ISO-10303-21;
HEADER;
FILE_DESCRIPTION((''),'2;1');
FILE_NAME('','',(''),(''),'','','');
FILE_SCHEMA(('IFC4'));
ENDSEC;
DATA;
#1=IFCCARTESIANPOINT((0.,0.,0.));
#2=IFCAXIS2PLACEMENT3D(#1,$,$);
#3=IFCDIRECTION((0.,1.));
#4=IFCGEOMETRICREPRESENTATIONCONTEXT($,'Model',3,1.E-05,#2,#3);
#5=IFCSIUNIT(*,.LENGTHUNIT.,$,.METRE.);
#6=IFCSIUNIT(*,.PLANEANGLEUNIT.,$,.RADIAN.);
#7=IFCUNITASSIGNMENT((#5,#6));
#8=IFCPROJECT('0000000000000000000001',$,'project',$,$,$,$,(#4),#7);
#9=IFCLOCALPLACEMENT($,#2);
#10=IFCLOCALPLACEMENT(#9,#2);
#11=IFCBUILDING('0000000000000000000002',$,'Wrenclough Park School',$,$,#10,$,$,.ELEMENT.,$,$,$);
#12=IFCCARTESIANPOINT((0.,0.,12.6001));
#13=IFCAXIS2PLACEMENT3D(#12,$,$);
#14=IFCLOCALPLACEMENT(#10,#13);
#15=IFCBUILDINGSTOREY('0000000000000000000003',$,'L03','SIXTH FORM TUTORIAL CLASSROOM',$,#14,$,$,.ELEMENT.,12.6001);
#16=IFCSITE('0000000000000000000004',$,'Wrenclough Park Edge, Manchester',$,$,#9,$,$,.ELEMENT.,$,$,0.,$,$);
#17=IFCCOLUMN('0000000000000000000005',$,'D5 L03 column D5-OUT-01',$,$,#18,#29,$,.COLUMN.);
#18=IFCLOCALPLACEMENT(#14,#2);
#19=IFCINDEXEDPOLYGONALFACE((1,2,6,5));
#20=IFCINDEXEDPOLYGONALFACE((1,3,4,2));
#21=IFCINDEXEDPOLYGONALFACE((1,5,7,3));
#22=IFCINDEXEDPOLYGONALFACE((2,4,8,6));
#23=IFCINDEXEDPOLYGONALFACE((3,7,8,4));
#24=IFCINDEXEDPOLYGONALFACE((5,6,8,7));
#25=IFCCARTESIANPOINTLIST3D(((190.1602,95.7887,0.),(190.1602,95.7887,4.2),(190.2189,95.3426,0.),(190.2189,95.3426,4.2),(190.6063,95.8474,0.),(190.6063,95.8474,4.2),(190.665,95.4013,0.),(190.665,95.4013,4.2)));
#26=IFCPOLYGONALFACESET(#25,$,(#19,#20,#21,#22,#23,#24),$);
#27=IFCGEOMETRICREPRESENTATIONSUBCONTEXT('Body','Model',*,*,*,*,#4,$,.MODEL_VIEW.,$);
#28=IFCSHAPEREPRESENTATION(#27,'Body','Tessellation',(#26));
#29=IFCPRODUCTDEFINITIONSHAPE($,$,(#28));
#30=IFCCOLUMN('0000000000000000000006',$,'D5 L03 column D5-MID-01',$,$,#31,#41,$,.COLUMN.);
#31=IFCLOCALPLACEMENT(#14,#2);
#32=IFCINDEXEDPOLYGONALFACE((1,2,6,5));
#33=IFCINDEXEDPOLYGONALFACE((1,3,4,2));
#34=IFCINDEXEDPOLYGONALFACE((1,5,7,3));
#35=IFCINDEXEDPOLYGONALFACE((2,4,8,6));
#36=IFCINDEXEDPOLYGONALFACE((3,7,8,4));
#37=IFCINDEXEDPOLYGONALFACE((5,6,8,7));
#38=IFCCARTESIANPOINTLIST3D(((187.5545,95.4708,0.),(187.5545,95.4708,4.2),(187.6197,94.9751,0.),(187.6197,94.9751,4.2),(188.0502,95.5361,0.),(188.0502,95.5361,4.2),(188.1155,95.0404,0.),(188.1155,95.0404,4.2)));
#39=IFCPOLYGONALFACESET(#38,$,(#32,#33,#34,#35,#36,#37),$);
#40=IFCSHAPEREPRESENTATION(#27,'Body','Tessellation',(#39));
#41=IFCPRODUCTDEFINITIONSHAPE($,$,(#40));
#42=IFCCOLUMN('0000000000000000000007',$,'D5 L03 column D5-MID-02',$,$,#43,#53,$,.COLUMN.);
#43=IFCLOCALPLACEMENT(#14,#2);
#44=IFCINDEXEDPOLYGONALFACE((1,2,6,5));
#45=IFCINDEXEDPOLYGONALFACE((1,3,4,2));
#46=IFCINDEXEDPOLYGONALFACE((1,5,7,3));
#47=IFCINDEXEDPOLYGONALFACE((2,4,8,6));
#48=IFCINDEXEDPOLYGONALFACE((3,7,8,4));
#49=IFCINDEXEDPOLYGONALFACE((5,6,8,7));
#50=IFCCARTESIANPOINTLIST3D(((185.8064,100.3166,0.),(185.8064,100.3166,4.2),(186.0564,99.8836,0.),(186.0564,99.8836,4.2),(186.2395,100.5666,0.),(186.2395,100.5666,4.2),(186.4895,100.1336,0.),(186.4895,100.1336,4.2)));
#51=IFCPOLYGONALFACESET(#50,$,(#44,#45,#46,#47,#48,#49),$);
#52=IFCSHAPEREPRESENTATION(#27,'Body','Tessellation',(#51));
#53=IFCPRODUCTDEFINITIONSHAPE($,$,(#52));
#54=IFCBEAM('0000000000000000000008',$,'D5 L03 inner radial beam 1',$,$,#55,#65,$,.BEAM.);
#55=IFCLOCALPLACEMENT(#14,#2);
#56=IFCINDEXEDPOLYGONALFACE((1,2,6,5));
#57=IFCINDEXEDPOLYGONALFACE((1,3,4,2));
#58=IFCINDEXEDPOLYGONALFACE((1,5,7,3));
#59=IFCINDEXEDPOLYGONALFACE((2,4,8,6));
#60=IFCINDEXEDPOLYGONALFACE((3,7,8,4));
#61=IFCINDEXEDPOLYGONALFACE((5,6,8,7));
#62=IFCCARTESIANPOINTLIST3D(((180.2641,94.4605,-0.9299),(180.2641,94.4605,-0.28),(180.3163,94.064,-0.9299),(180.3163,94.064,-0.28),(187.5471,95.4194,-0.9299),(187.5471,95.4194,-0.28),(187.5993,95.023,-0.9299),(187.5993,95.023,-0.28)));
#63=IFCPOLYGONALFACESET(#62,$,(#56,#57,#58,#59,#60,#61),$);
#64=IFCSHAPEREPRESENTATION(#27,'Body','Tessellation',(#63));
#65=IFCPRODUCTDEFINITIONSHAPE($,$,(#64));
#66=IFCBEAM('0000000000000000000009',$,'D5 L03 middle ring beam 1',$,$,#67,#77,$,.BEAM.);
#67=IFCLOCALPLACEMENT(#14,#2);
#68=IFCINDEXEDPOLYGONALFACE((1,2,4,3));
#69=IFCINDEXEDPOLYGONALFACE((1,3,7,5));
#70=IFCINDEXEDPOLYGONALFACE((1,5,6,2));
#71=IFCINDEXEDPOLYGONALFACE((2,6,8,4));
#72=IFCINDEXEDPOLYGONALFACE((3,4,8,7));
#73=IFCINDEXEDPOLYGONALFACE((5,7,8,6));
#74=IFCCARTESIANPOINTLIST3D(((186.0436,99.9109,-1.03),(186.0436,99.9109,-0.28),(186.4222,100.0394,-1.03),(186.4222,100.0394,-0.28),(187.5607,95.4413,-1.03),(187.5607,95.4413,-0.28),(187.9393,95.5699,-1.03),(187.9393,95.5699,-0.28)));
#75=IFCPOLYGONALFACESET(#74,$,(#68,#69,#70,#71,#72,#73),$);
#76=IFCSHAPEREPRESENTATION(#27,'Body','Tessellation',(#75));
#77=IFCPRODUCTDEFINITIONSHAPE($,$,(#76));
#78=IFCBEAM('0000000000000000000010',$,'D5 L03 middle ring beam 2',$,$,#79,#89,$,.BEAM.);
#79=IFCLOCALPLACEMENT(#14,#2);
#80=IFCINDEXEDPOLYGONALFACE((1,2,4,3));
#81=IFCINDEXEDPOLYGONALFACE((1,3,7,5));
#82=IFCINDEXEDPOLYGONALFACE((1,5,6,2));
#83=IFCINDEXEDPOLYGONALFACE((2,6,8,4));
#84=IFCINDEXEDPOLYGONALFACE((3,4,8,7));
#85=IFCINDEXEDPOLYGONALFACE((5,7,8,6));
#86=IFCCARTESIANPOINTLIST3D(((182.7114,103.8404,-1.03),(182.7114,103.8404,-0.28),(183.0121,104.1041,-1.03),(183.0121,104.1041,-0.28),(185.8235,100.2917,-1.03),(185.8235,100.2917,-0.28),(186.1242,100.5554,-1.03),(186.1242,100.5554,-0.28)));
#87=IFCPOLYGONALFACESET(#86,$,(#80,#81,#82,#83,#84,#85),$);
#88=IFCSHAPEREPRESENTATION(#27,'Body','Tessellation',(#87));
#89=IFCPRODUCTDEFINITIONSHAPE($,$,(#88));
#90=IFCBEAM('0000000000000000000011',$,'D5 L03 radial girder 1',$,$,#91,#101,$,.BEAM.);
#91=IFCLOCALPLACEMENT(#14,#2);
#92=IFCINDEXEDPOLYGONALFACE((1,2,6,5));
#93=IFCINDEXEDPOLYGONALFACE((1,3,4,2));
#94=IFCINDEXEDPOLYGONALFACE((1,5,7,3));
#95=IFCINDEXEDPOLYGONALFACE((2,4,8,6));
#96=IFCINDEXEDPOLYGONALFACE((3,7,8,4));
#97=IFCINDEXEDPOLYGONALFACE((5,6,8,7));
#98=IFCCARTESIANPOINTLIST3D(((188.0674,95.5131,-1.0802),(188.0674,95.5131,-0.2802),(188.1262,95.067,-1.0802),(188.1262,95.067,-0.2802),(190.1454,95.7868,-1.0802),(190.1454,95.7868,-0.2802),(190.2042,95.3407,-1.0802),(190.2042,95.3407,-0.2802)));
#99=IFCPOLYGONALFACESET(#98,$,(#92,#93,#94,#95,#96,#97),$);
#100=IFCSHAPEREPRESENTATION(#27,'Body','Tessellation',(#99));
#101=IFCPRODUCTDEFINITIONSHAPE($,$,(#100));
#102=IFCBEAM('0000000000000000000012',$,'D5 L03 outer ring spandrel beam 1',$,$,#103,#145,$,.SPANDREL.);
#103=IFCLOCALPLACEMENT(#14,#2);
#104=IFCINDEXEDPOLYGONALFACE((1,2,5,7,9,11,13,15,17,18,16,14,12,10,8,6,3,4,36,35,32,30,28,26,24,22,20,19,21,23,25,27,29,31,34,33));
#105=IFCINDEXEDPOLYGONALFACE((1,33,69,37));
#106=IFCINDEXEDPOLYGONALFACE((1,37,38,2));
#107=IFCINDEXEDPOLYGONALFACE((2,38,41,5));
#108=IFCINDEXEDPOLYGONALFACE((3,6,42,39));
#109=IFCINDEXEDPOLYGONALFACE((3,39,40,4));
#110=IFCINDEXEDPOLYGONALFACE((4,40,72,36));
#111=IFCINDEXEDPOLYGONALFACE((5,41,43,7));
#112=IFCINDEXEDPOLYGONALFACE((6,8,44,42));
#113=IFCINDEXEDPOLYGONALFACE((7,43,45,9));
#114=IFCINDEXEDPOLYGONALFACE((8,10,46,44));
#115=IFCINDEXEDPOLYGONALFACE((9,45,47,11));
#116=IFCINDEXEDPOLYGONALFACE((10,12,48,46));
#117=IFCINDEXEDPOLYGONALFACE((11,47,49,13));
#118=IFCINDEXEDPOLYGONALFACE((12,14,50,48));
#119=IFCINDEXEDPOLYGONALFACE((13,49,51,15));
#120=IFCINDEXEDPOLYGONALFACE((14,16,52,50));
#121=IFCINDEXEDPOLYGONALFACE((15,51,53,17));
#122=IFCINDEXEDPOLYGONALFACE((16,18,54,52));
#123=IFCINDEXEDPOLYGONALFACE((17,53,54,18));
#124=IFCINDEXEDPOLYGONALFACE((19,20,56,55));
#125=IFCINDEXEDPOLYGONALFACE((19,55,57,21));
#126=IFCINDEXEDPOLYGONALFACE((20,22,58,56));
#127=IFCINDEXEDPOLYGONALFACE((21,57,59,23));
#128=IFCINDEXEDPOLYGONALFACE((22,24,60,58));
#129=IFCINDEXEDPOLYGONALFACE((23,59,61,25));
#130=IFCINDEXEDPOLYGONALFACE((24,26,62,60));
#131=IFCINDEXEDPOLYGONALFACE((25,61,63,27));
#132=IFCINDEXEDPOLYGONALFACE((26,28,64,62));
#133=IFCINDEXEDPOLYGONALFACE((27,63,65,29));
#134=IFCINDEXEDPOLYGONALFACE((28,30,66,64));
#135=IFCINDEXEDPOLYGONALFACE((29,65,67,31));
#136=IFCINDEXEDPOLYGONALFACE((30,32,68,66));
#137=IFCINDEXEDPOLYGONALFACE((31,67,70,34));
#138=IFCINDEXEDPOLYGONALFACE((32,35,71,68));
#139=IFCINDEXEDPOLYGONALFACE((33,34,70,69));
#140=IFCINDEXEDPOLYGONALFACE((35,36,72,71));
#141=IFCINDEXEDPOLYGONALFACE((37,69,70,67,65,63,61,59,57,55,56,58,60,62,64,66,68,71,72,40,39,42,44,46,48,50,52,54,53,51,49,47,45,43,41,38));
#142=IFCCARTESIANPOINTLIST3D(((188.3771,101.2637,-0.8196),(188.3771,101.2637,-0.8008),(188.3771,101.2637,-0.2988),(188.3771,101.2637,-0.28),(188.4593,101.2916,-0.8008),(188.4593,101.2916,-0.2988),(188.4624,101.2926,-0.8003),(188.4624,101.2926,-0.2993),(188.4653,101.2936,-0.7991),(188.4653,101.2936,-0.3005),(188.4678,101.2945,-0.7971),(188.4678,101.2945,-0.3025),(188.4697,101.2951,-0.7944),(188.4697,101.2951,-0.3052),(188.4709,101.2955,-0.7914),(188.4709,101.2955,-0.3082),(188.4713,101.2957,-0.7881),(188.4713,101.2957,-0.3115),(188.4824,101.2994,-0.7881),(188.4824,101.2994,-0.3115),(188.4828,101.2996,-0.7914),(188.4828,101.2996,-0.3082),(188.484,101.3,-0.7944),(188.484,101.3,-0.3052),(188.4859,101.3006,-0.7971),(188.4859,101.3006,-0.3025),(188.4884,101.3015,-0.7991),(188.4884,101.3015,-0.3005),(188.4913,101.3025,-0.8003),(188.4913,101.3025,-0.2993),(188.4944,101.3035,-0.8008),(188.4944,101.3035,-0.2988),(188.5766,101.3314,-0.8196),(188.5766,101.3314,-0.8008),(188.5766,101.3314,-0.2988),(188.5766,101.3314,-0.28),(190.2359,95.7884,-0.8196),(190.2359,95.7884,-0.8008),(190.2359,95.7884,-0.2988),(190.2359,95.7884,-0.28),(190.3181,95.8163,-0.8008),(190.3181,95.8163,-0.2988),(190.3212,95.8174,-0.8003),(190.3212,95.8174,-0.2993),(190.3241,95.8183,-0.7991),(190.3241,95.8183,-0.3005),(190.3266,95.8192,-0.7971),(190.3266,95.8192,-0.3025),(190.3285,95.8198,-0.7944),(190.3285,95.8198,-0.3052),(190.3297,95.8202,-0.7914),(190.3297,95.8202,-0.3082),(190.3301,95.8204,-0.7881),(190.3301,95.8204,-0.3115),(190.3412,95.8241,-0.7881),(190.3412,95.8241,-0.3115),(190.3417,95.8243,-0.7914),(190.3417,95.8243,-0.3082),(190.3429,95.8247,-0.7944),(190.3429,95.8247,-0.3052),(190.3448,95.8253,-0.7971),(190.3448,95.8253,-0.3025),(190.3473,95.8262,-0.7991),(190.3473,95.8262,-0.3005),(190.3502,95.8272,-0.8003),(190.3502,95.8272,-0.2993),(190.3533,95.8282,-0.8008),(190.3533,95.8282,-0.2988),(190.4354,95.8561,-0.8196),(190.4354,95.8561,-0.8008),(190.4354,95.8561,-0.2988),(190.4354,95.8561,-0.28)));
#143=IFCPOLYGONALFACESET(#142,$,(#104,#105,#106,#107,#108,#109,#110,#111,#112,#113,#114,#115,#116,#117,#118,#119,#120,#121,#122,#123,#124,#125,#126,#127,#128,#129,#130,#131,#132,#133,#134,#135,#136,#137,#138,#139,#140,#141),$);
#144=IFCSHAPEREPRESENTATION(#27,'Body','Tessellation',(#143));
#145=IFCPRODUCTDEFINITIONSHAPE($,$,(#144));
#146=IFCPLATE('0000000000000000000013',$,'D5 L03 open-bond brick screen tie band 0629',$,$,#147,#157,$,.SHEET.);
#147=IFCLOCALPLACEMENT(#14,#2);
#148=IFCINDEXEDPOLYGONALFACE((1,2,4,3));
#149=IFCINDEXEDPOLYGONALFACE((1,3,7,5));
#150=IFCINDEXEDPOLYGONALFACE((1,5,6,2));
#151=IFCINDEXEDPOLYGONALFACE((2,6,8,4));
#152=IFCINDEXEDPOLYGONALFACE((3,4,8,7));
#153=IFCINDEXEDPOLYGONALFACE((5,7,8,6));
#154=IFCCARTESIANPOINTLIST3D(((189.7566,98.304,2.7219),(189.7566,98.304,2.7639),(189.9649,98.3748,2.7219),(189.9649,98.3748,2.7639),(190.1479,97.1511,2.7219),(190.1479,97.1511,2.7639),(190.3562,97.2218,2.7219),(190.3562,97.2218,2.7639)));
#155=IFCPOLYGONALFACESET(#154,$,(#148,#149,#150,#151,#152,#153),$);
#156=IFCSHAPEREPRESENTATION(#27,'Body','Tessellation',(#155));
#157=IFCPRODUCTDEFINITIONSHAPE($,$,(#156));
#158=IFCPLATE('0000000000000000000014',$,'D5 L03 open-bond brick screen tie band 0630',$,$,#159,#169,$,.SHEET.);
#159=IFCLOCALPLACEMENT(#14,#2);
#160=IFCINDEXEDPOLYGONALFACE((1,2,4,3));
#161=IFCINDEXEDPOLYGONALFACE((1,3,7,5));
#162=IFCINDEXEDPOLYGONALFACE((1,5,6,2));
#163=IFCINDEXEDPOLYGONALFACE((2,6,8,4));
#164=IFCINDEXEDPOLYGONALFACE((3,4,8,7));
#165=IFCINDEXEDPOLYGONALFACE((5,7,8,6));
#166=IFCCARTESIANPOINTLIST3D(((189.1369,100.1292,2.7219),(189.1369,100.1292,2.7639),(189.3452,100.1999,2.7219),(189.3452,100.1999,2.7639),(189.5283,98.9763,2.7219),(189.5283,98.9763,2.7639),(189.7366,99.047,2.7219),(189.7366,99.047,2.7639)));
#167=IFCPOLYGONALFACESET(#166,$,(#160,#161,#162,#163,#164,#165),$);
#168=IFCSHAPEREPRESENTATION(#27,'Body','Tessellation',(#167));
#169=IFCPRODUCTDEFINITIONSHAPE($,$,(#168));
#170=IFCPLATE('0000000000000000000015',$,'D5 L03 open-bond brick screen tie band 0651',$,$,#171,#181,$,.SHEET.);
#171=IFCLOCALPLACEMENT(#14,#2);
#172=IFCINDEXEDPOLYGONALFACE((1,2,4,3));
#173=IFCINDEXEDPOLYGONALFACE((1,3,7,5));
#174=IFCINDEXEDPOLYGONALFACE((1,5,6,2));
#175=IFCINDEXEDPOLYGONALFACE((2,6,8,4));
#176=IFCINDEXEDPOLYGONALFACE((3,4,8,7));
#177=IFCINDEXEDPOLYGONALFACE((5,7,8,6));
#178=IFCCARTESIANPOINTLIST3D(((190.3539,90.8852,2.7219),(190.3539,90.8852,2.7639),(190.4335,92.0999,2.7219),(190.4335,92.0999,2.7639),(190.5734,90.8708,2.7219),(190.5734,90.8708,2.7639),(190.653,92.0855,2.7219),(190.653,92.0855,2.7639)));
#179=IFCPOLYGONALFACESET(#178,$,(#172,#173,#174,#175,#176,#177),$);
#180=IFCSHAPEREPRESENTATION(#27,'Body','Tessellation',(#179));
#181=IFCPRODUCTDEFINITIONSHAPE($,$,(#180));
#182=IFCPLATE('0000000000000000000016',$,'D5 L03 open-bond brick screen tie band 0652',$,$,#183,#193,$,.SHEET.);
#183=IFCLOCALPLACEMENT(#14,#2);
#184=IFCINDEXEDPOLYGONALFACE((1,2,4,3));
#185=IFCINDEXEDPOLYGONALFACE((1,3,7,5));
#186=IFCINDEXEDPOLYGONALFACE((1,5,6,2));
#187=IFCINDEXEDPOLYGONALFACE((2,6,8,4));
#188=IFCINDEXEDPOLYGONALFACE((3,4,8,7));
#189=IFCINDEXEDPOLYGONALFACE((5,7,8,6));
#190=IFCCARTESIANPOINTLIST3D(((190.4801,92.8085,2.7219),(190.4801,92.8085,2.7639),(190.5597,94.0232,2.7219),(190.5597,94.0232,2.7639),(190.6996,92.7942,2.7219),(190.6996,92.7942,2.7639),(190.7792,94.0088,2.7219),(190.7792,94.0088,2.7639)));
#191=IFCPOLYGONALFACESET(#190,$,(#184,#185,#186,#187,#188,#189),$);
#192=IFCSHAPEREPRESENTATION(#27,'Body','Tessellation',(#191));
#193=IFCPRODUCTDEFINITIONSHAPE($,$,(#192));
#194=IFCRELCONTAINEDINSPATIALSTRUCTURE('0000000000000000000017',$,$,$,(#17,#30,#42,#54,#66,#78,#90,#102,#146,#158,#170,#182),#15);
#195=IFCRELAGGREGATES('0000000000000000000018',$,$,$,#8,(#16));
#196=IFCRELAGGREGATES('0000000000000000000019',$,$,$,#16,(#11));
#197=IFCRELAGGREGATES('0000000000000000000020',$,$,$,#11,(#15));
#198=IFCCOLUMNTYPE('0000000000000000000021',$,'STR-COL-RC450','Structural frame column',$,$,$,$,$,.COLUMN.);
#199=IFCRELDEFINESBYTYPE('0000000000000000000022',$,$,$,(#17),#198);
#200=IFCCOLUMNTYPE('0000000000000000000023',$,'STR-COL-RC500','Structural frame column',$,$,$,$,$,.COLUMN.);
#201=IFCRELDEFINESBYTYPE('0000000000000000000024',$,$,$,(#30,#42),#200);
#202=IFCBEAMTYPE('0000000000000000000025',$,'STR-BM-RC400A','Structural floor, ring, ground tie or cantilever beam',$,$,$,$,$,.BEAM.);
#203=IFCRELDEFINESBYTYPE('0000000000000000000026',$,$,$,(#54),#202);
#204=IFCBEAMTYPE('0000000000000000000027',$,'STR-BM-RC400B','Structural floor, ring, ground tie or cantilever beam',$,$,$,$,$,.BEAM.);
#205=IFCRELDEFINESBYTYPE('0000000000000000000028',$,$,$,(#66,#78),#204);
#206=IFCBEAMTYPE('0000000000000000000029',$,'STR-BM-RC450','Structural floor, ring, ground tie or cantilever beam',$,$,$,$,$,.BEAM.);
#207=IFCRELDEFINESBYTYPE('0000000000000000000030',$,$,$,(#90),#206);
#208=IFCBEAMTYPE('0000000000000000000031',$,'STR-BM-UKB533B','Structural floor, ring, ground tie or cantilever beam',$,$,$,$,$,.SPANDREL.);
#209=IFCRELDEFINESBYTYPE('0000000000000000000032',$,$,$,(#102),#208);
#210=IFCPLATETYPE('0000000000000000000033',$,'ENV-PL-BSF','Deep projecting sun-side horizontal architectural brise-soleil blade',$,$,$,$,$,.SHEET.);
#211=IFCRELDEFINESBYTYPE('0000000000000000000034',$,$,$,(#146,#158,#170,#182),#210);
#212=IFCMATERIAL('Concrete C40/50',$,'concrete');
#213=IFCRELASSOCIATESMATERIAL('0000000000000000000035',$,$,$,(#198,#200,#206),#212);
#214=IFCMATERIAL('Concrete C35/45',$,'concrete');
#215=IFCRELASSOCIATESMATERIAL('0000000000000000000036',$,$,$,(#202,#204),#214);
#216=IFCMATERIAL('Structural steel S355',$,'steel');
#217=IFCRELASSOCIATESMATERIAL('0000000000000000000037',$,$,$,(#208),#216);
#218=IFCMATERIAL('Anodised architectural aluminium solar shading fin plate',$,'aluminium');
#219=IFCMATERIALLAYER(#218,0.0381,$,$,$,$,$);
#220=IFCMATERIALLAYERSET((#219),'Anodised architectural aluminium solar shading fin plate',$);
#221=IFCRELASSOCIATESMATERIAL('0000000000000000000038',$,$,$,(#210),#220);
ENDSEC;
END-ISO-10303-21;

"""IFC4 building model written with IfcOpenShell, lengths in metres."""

from ifc_helpers import new_model, si_unit, direction, frame, origin, origin_2d, place, context, subcontext, project, spatial, rectangle, i_section, extrude, material, layer, layer_set, material_profile, profile_set, type_object, element, save


model = new_model("IFC4")

# Units and contexts
model_context = context("Model", 3, precision=1e-05, world=origin(), true_north=direction((0.0, 1.0)))
body_context = subcontext(model_context, "Body", "Model", "MODEL_VIEW")
ifc_project = project(units=[si_unit("LENGTHUNIT", "METRE"), si_unit("PLANEANGLEUNIT", "RADIAN")], contexts=[model_context])

# Site, building, storey
site_placement = place(None, origin())
site = spatial("IfcSite", under=ifc_project, at=site_placement, Name="Wrenclough Park Edge, Manchester", CompositionType="ELEMENT", RefElevation=0.0)
building_placement = place(site_placement, origin())
building = spatial("IfcBuilding", under=site, at=building_placement, Name="Wrenclough Park School", CompositionType="ELEMENT")
storey_placement = place(building_placement, frame((0.0, 0.0, 12.6001)))
storey = spatial("IfcBuildingStorey", under=building, at=storey_placement, Name="L03", Description="SIXTH FORM TUTORIAL CLASSROOM", CompositionType="ELEMENT", Elevation=12.6001)

# Columns
ifc_material_1 = material(Name="Concrete C40/50", Category="concrete")
ifc_material_profile_1 = material_profile(ifc_material_1, rectangle(XDim=0.45, YDim=0.45, at=origin_2d()), Name="RC COL 450x450")
ifc_profile_set_1 = profile_set([ifc_material_profile_1], Name="Concrete C40/50")
column_type_1 = type_object("IfcColumnType", Name="STR-COL-RC450", Description="Structural frame column", PredefinedType="COLUMN", material=ifc_profile_set_1)
column_placement = place(storey_placement, frame((190.4126, 95.595, 0.0), z_axis=(0.0, 0.0, 1.0), x_axis=(-0.130526, 0.991445, 0.0)))
element("IfcColumn", 1, at=column_placement, inside=storey, type_object=column_type_1, Name="D5 L03 column D5-OUT-01", PredefinedType="COLUMN", context=body_context, shape_type="SweptSolid", body=[
    extrude(rectangle(XDim=0.45, YDim=0.45, at=origin_2d()), origin(), (0.0, 0.0, 1.0), 4.2),
])
ifc_material_profile_2 = material_profile(ifc_material_1, rectangle(XDim=0.5, YDim=0.5, at=origin_2d()), Name="RC COL 500x500")
ifc_profile_set_2 = profile_set([ifc_material_profile_2], Name="Concrete C40/50")
column_type_2 = type_object("IfcColumnType", Name="STR-COL-RC500", Description="Structural frame column", PredefinedType="COLUMN", material=ifc_profile_set_2)
for number, where, z_axis, x_axis, name in (
    (2, (187.835, 95.2556, 0.0), (0.0, 0.0, 1.0), (-0.130526, 0.991445, 0.0), "D5 L03 column D5-MID-01"),
    (3, (186.1479, 100.2251, 0.0), (0.0, 0.0, 1.0), (-0.5, 0.866025, 0.0), "D5 L03 column D5-MID-02"),
):
    element("IfcColumn", number, at=place(storey_placement, frame(where, z_axis=z_axis, x_axis=x_axis)), inside=storey, type_object=column_type_2, Name=name, PredefinedType="COLUMN", context=body_context, shape_type="SweptSolid", body=[
        extrude(rectangle(XDim=0.5, YDim=0.5, at=origin_2d()), origin(), (0.0, 0.0, 1.0), 4.2),
    ])

# Beams
ifc_material_2 = material(Name="Concrete C35/45", Category="concrete")
ifc_material_profile_3 = material_profile(ifc_material_2, rectangle(XDim=0.3999, YDim=0.6499, at=origin_2d()), Name="RC BEAM 400x650")
ifc_profile_set_3 = profile_set([ifc_material_profile_3], Name="Concrete C35/45")
beam_type_1 = type_object("IfcBeamType", Name="STR-BM-RC400A", Description="Structural floor, ring, ground tie or cantilever beam", PredefinedType="BEAM", material=ifc_profile_set_3)
beam_1_placement = place(storey_placement, frame((187.5732, 95.2212, -0.605), z_axis=(-0.991443, -0.130544, 0.0), x_axis=(0.130544, -0.991443, 0.0)))
element("IfcBeam", 4, at=beam_1_placement, inside=storey, type_object=beam_type_1, Name="D5 L03 inner radial beam 1", PredefinedType="BEAM", context=body_context, shape_type="SweptSolid", body=[
    extrude(rectangle(XDim=0.3999, YDim=0.6499, at=origin_2d()), origin(), (0.0, 0.0, 1.0), 7.3459),
])
ifc_material_profile_4 = material_profile(ifc_material_2, rectangle(XDim=0.3999, YDim=0.75, at=origin_2d()), Name="RC BEAM 400x750")
ifc_profile_set_4 = profile_set([ifc_material_profile_4], Name="Concrete C35/45")
beam_type_2 = type_object("IfcBeamType", Name="STR-BM-RC400B", Description="Structural floor, ring, ground tie or cantilever beam", PredefinedType="BEAM", material=ifc_profile_set_4)
for number, where, z_axis, x_axis, name in (
    (5, (187.75, 95.5056, -0.655), (-0.321421, 0.946936, 0.0), (-0.946936, -0.321421, 0.0), "D5 L03 middle ring beam 1"),
    (6, (185.9739, 100.4236, -0.655), (-0.65935, 0.751836, 0.0), (-0.751836, -0.65935, 0.0), "D5 L03 middle ring beam 2"),
):
    element("IfcBeam", number, at=place(storey_placement, frame(where, z_axis=z_axis, x_axis=x_axis)), inside=storey, type_object=beam_type_2, Name=name, PredefinedType="BEAM", context=body_context, shape_type="SweptSolid", body=[
        extrude(rectangle(XDim=0.3999, YDim=0.75, at=origin_2d()), origin(), (0.0, 0.0, 1.0), 4.72),
    ])
ifc_material_profile_5 = material_profile(ifc_material_1, rectangle(XDim=0.45, YDim=0.8, at=origin_2d()), Name="RC BEAM 450x800")
ifc_profile_set_5 = profile_set([ifc_material_profile_5], Name="Concrete C40/50")
beam_type_3 = type_object("IfcBeamType", Name="STR-BM-RC450", Description="Structural floor, ring, ground tie or cantilever beam", PredefinedType="BEAM", material=ifc_profile_set_5)
beam_2_placement = place(storey_placement, frame((190.1748, 95.5637, -0.6802), z_axis=(-0.991439, -0.130569, 0.0), x_axis=(0.130569, -0.991439, 0.0)))
element("IfcBeam", 7, at=beam_2_placement, inside=storey, type_object=beam_type_3, Name="D5 L03 radial girder 1", PredefinedType="BEAM", context=body_context, shape_type="SweptSolid", body=[
    extrude(rectangle(XDim=0.45, YDim=0.8, at=origin_2d()), origin(), (0.0, 0.0, 1.0), 2.0959),
])
ifc_material_3 = material(Name="Structural steel S355", Category="steel")
ifc_material_profile_6 = material_profile(ifc_material_3, i_section(OverallWidth=0.2107, OverallDepth=0.5396, WebThickness=0.0117, FlangeThickness=0.0188, FilletRadius=0.0127, at=origin_2d()), Name="UKB 533x210x109")
ifc_profile_set_6 = profile_set([ifc_material_profile_6], Name="Structural steel S355")
beam_type_4 = type_object("IfcBeamType", Name="STR-BM-UKB533B", Description="Structural floor, ring, ground tie or cantilever beam", PredefinedType="SPANDREL", material=ifc_profile_set_6)
beam_3_placement = place(storey_placement, frame((190.3357, 95.8223, -0.5498), z_axis=(-0.32148, 0.946917, 0.0), x_axis=(-0.946917, -0.32148, 0.0)))
element("IfcBeam", 8, at=beam_3_placement, inside=storey, type_object=beam_type_4, Name="D5 L03 outer ring spandrel beam 1", PredefinedType="SPANDREL", context=body_context, shape_type="SweptSolid", body=[
    extrude(i_section(OverallWidth=0.2107, OverallDepth=0.5396, WebThickness=0.0117, FlangeThickness=0.0188, FilletRadius=0.0127, at=origin_2d()), origin(), (0.0, 0.0, 1.0), 5.7822),
])

# Plates
ifc_material_4 = material(Name="Anodised architectural aluminium solar shading fin plate", Category="aluminium")
ifc_layer_1 = layer(ifc_material_4, 0.0381)
ifc_layer_set_1 = layer_set([ifc_layer_1], Name="Anodised architectural aluminium solar shading fin plate")
plate_type = type_object("IfcPlateType", Name="ENV-PL-BSF", Description="Deep projecting sun-side horizontal architectural brise-soleil blade", PredefinedType="SHEET", material=ifc_layer_set_1)
for number, where, z_axis, x_axis, name in (
    (9, (190.0564, 97.7629, 2.7219), (0.0, 0.0, 1.0), (-0.321427, 0.946934, 0.0), "D5 L03 open-bond brick screen tie band 0629"),
    (10, (189.4368, 99.5881, 2.7219), (0.0, 0.0, 1.0), (-0.321427, 0.946934, 0.0), "D5 L03 open-bond brick screen tie band 0630"),
):
    element("IfcPlate", number, at=place(storey_placement, frame(where, z_axis=z_axis, x_axis=x_axis)), inside=storey, type_object=plate_type, Name=name, PredefinedType="SHEET", context=body_context, shape_type="SweptSolid", body=[
        extrude(rectangle(XDim=1.2175, YDim=0.22, at=origin_2d()), origin(), (0.0, 0.0, 1.0), 0.042),
    ])
for number, where, z_axis, x_axis, name in (
    (11, (190.5034, 91.4854, 2.7219), (0.0, 0.0, 1.0), (0.065406, 0.997859, 0.0), "D5 L03 open-bond brick screen tie band 0651"),
    (12, (190.6296, 93.4087, 2.7219), (0.0, 0.0, 1.0), (0.065406, 0.997859, 0.0), "D5 L03 open-bond brick screen tie band 0652"),
):
    element("IfcPlate", number, at=place(storey_placement, frame(where, z_axis=z_axis, x_axis=x_axis)), inside=storey, type_object=plate_type, Name=name, PredefinedType="SHEET", context=body_context, shape_type="SweptSolid", body=[
        extrude(rectangle(XDim=1.2173, YDim=0.22, at=origin_2d()), origin(), (0.0, 0.0, 1.0), 0.042),
    ])

save(model, "model.ifc")
